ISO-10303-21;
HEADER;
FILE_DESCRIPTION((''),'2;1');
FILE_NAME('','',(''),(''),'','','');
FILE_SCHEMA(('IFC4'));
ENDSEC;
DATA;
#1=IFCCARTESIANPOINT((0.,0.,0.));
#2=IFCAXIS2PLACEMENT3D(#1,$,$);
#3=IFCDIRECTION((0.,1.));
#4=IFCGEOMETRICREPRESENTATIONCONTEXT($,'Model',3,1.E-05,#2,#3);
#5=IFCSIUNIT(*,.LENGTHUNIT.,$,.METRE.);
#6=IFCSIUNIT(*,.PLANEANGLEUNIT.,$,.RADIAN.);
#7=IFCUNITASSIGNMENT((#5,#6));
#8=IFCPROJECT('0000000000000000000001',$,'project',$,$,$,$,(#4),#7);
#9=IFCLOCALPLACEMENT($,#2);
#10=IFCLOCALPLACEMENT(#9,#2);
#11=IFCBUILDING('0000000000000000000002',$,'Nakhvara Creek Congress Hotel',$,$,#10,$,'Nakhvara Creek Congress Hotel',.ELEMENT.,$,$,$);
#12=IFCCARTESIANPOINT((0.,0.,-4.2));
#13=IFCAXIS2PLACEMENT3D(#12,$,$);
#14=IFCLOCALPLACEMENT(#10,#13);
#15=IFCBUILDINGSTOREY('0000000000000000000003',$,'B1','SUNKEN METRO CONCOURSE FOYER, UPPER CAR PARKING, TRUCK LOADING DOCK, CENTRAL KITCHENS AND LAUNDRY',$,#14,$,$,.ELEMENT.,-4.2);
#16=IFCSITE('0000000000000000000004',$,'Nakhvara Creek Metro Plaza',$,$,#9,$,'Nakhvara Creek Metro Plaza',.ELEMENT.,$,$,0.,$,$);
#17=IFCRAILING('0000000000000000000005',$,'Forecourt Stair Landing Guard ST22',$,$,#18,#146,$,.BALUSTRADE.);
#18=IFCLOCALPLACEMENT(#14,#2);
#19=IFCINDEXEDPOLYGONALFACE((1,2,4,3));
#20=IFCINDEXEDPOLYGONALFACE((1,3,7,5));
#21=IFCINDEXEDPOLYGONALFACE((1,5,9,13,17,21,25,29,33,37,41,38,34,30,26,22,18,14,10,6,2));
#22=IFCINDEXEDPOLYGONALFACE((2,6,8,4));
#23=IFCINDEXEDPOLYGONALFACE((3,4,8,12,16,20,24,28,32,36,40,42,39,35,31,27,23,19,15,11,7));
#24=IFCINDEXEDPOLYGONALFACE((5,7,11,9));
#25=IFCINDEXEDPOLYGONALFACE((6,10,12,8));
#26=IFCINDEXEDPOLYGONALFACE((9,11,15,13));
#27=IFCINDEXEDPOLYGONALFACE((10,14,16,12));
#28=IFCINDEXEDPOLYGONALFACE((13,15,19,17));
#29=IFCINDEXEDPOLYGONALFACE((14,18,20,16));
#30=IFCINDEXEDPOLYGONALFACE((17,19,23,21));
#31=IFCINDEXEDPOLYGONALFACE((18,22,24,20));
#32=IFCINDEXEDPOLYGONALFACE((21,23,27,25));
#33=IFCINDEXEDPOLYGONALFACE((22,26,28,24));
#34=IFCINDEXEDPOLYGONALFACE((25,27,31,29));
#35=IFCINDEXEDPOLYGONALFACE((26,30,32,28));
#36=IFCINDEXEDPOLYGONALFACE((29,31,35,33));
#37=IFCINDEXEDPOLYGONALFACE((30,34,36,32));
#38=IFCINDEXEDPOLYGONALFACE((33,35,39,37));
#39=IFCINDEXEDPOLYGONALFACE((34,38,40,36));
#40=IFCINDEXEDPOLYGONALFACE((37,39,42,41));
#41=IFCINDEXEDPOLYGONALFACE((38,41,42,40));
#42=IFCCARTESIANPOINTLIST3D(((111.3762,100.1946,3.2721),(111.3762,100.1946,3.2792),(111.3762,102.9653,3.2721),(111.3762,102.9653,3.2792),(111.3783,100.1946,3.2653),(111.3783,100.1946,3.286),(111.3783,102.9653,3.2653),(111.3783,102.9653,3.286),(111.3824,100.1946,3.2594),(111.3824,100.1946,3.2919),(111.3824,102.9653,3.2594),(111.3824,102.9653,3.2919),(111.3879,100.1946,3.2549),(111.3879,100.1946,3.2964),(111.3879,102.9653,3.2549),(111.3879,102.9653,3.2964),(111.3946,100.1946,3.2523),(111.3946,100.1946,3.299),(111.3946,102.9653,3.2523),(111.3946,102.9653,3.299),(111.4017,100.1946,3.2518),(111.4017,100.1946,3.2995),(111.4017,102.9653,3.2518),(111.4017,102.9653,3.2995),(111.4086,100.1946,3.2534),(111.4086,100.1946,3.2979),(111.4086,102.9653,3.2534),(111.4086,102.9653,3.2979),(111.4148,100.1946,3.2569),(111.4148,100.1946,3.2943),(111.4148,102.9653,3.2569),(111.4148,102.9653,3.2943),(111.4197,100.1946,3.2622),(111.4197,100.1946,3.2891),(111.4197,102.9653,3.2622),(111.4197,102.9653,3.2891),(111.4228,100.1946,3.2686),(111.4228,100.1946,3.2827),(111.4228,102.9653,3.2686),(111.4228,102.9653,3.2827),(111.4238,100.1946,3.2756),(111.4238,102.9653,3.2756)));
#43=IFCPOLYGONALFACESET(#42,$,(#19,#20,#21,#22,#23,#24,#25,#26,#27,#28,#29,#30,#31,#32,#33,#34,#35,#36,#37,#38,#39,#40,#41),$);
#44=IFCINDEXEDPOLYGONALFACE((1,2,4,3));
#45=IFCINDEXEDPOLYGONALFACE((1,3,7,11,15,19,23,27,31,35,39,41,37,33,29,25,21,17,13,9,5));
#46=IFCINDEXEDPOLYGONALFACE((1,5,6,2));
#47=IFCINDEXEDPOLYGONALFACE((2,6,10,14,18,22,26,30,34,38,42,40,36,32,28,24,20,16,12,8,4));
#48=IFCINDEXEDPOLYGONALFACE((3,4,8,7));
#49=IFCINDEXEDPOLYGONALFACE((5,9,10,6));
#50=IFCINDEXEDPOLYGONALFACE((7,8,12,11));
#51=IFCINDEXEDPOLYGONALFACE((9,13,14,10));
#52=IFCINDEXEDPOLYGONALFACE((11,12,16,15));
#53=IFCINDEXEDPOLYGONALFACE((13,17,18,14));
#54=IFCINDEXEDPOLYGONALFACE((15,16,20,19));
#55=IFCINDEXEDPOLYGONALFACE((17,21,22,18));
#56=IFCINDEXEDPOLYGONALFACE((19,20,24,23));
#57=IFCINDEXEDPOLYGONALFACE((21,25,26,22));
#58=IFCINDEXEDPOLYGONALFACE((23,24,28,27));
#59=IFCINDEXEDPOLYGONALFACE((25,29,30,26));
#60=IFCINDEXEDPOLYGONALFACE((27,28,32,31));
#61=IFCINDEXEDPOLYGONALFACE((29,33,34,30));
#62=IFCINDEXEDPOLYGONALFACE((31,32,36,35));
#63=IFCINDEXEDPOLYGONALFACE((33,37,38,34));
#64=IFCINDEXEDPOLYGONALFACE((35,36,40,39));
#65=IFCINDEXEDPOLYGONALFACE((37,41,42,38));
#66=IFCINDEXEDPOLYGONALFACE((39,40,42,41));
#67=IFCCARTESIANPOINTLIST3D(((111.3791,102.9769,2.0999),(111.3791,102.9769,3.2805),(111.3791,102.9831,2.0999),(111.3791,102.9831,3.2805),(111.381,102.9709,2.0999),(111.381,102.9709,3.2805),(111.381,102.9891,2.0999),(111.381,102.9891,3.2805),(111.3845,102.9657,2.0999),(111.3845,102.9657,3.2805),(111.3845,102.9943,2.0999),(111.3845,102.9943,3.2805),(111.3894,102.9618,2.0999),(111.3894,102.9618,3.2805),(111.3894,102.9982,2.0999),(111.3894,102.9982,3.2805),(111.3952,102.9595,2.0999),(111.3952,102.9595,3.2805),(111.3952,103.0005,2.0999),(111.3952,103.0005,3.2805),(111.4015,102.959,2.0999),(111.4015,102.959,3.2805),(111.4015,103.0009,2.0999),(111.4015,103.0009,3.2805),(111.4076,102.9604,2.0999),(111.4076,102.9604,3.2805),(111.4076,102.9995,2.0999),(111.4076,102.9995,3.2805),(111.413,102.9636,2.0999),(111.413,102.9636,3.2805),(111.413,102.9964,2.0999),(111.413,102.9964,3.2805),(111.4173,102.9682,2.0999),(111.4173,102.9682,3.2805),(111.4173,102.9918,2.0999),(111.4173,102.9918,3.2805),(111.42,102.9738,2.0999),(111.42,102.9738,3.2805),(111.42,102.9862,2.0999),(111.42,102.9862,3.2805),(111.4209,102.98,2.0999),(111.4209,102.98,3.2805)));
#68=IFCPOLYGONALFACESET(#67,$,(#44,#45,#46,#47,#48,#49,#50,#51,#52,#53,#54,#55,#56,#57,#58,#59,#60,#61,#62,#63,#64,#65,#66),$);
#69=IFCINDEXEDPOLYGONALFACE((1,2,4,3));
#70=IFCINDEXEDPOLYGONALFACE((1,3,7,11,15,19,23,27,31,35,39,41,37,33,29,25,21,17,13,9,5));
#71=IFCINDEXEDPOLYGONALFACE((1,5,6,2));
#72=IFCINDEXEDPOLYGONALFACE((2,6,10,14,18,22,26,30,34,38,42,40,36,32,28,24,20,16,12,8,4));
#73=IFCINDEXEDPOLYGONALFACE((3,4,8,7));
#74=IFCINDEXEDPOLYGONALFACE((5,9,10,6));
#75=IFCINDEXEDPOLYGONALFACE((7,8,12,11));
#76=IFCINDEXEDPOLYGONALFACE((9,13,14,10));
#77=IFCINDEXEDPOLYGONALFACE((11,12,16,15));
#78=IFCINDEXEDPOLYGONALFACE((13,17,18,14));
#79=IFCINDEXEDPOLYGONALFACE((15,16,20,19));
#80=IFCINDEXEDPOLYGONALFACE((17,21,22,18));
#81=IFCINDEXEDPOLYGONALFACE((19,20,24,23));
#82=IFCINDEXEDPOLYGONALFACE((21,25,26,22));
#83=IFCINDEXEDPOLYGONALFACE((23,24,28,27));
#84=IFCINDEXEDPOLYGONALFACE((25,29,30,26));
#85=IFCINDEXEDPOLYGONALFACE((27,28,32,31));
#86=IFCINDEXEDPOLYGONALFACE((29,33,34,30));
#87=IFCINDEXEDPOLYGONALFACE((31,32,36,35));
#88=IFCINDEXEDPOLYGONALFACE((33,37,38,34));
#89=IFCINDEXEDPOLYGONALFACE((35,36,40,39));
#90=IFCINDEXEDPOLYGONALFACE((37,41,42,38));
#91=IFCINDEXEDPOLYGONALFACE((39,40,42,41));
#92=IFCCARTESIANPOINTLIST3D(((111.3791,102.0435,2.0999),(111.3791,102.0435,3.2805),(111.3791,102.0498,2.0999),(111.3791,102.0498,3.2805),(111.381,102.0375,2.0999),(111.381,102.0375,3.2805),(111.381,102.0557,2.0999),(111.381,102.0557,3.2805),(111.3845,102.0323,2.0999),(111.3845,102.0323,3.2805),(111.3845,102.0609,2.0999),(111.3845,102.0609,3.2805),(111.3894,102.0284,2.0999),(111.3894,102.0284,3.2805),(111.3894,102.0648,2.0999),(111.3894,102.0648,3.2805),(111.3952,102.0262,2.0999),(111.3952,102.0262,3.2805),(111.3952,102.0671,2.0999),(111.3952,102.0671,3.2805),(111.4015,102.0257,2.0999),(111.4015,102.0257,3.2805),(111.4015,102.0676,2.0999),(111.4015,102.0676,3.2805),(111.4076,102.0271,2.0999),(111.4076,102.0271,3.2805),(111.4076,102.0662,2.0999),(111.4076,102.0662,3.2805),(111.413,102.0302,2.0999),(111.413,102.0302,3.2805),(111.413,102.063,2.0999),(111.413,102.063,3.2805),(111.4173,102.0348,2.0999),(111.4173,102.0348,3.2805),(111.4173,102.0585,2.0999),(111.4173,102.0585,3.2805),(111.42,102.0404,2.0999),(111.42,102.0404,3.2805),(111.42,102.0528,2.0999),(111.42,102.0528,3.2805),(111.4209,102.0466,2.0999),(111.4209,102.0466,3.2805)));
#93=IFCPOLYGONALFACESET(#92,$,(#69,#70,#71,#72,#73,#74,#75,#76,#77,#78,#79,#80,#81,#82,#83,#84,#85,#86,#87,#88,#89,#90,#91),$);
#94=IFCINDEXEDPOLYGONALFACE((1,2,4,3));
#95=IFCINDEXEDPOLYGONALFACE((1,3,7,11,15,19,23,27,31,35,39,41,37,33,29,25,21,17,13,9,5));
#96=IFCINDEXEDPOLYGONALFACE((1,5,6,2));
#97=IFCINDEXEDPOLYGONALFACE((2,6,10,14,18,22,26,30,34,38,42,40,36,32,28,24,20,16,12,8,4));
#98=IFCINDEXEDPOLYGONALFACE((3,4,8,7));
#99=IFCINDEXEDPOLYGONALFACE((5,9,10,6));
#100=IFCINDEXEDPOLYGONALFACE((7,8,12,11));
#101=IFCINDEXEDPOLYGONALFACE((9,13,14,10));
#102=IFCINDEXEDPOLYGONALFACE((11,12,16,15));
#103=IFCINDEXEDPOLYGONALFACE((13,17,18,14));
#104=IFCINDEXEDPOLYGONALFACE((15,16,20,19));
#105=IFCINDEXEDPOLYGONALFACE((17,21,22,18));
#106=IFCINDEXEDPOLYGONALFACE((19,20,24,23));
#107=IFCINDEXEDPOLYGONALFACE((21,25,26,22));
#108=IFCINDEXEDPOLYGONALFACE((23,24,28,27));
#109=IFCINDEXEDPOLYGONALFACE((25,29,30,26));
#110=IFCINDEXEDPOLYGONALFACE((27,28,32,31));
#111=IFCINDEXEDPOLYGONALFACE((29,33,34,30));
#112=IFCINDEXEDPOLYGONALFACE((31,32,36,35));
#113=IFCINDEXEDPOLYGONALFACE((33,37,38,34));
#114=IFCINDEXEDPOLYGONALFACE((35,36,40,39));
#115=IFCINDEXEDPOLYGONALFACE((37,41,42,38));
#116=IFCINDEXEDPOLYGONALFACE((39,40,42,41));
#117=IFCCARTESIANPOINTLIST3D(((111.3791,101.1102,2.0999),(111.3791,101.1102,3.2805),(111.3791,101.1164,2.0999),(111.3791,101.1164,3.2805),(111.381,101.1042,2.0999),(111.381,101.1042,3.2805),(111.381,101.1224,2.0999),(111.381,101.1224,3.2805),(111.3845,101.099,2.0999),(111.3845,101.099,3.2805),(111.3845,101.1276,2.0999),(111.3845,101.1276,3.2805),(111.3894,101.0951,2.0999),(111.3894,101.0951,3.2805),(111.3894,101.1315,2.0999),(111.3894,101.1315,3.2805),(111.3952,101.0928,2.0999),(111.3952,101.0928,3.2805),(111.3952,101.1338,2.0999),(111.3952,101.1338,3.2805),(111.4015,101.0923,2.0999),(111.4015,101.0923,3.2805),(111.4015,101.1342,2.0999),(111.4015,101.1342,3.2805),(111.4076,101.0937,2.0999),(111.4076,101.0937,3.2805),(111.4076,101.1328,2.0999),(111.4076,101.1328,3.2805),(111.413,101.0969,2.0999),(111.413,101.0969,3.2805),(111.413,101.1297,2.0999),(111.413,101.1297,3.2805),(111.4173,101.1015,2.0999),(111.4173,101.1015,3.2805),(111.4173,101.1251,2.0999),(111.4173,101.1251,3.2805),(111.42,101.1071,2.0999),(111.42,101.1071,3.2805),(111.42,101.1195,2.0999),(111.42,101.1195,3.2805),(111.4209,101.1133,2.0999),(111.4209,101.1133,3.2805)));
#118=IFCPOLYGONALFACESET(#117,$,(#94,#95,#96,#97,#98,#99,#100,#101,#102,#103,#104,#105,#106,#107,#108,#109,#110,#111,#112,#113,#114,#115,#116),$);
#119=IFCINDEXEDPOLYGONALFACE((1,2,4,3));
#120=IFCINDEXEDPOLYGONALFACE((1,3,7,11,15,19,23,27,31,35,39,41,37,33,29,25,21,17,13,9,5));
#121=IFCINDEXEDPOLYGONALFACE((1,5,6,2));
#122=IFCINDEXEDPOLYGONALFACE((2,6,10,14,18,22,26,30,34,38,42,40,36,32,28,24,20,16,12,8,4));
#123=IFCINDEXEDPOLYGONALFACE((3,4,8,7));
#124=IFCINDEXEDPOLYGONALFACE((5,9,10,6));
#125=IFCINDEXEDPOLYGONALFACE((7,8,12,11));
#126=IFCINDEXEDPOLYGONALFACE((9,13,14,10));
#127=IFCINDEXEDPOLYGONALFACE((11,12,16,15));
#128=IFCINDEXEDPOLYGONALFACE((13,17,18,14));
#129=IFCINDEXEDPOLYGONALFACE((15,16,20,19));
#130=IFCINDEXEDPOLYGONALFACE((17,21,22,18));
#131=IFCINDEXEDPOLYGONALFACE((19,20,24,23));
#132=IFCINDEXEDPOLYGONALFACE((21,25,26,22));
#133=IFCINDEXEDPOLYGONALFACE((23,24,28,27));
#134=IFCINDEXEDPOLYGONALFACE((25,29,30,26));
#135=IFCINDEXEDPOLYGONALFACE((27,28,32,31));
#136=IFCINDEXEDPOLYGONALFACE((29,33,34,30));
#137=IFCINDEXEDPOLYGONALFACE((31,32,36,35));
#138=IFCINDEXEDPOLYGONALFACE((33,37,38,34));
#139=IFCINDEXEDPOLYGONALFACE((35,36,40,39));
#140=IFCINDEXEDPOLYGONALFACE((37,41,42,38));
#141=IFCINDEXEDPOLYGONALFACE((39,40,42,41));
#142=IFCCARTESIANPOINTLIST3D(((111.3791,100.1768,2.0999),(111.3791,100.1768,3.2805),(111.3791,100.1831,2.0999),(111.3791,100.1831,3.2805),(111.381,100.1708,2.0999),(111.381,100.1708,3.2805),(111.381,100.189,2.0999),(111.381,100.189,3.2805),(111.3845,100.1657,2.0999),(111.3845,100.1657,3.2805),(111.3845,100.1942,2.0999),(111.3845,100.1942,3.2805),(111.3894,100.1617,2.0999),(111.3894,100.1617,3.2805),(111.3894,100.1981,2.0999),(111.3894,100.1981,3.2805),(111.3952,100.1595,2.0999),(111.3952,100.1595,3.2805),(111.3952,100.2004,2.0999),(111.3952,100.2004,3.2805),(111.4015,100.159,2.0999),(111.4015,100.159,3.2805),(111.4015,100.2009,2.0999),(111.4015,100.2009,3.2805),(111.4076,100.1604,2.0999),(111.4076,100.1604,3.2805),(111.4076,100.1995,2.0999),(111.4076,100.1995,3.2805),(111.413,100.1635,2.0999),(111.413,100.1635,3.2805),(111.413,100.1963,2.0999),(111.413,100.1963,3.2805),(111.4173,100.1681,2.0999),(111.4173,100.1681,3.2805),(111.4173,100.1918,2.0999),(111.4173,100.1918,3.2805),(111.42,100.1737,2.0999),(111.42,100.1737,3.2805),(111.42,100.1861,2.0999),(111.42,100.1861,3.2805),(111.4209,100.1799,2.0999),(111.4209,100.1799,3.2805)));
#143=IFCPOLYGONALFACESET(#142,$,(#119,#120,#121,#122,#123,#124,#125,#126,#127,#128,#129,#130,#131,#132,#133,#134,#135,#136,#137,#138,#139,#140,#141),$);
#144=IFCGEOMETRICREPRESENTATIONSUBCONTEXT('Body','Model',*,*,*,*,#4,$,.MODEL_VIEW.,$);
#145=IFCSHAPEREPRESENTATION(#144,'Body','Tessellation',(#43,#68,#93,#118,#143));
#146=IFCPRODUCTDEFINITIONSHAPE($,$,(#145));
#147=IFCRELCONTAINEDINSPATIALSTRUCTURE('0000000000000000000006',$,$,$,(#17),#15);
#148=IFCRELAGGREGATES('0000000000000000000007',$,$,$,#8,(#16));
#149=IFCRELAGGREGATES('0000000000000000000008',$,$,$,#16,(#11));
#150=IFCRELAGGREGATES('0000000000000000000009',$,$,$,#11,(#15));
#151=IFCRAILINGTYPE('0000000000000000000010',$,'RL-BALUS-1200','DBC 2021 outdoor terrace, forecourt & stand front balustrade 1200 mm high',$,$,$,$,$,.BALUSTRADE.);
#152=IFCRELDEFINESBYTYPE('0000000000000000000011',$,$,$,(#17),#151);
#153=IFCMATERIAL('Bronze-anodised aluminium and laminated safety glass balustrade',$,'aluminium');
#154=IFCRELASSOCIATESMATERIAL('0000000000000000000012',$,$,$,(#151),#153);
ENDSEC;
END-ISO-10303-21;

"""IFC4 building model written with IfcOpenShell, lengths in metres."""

from ifc_helpers import new_model, si_unit, direction, frame, origin, origin_2d, place, context, subcontext, project, spatial, circle, extrude, material, type_object, element, save


model = new_model("IFC4")

# Units and contexts
model_context = context("Model", 3, precision=1e-05, world=origin(), true_north=direction((0.0, 1.0)))
body_context = subcontext(model_context, "Body", "Model", "MODEL_VIEW")
ifc_project = project(units=[si_unit("LENGTHUNIT", "METRE"), si_unit("PLANEANGLEUNIT", "RADIAN")], contexts=[model_context])

# Site, building, storey
site_placement = place(None, origin())
site = spatial("IfcSite", under=ifc_project, at=site_placement, Name="Nakhvara Creek Metro Plaza", LongName="Nakhvara Creek Metro Plaza", CompositionType="ELEMENT", RefElevation=0.0)
building_placement = place(site_placement, origin())
building = spatial("IfcBuilding", under=site, at=building_placement, Name="Nakhvara Creek Congress Hotel", LongName="Nakhvara Creek Congress Hotel", CompositionType="ELEMENT")
storey_placement = place(building_placement, frame((0.0, 0.0, -4.2)))
storey = spatial("IfcBuildingStorey", under=building, at=storey_placement, Name="B1", Description="SUNKEN METRO CONCOURSE FOYER, UPPER CAR PARKING, TRUCK LOADING DOCK, CENTRAL KITCHENS AND LAUNDRY", CompositionType="ELEMENT", Elevation=-4.2)

# Railing
ifc_material_1 = material(Name="Bronze-anodised aluminium and laminated safety glass balustrade", Category="aluminium")
railing_type_1 = type_object("IfcRailingType", Name="RL-BALUS-1200", Description="DBC 2021 outdoor terrace, forecourt & stand front balustrade 1200 mm high", PredefinedType="BALUSTRADE", material=ifc_material_1)
for number, where, name in (
    (1, (111.3999, 102.98, 2.0999), "Forecourt Stair Landing Guard ST22"),
):
    element("IfcRailing", number, at=place(storey_placement, frame(where)), inside=storey, type_object=railing_type_1, Name=name, PredefinedType="BALUSTRADE", context=body_context, shape_type="SweptSolid", body=[
        extrude(circle(Radius=0.0239, at=origin_2d()), frame((0.0, -0.0146, 1.1758), z_axis=(0.0, -1.0, 0.0), x_axis=(1.0, 0.0, 0.0)), (0.0, 0.0, 1.0), 2.7708),
        extrude(circle(Radius=0.021, at=origin_2d()), origin(), (0.0, 0.0, 1.0), 1.1807),
        extrude(circle(Radius=0.021, at=origin_2d()), frame((0.0, -0.9333, 0.0)), (0.0, 0.0, 1.0), 1.1807),
        extrude(circle(Radius=0.021, at=origin_2d()), frame((0.0, -1.8667, 0.0)), (0.0, 0.0, 1.0), 1.1807),
        extrude(circle(Radius=0.021, at=origin_2d()), frame((0.0, -2.8, 0.0)), (0.0, 0.0, 1.0), 1.1807),
    ])

save(model, "model.ifc")
